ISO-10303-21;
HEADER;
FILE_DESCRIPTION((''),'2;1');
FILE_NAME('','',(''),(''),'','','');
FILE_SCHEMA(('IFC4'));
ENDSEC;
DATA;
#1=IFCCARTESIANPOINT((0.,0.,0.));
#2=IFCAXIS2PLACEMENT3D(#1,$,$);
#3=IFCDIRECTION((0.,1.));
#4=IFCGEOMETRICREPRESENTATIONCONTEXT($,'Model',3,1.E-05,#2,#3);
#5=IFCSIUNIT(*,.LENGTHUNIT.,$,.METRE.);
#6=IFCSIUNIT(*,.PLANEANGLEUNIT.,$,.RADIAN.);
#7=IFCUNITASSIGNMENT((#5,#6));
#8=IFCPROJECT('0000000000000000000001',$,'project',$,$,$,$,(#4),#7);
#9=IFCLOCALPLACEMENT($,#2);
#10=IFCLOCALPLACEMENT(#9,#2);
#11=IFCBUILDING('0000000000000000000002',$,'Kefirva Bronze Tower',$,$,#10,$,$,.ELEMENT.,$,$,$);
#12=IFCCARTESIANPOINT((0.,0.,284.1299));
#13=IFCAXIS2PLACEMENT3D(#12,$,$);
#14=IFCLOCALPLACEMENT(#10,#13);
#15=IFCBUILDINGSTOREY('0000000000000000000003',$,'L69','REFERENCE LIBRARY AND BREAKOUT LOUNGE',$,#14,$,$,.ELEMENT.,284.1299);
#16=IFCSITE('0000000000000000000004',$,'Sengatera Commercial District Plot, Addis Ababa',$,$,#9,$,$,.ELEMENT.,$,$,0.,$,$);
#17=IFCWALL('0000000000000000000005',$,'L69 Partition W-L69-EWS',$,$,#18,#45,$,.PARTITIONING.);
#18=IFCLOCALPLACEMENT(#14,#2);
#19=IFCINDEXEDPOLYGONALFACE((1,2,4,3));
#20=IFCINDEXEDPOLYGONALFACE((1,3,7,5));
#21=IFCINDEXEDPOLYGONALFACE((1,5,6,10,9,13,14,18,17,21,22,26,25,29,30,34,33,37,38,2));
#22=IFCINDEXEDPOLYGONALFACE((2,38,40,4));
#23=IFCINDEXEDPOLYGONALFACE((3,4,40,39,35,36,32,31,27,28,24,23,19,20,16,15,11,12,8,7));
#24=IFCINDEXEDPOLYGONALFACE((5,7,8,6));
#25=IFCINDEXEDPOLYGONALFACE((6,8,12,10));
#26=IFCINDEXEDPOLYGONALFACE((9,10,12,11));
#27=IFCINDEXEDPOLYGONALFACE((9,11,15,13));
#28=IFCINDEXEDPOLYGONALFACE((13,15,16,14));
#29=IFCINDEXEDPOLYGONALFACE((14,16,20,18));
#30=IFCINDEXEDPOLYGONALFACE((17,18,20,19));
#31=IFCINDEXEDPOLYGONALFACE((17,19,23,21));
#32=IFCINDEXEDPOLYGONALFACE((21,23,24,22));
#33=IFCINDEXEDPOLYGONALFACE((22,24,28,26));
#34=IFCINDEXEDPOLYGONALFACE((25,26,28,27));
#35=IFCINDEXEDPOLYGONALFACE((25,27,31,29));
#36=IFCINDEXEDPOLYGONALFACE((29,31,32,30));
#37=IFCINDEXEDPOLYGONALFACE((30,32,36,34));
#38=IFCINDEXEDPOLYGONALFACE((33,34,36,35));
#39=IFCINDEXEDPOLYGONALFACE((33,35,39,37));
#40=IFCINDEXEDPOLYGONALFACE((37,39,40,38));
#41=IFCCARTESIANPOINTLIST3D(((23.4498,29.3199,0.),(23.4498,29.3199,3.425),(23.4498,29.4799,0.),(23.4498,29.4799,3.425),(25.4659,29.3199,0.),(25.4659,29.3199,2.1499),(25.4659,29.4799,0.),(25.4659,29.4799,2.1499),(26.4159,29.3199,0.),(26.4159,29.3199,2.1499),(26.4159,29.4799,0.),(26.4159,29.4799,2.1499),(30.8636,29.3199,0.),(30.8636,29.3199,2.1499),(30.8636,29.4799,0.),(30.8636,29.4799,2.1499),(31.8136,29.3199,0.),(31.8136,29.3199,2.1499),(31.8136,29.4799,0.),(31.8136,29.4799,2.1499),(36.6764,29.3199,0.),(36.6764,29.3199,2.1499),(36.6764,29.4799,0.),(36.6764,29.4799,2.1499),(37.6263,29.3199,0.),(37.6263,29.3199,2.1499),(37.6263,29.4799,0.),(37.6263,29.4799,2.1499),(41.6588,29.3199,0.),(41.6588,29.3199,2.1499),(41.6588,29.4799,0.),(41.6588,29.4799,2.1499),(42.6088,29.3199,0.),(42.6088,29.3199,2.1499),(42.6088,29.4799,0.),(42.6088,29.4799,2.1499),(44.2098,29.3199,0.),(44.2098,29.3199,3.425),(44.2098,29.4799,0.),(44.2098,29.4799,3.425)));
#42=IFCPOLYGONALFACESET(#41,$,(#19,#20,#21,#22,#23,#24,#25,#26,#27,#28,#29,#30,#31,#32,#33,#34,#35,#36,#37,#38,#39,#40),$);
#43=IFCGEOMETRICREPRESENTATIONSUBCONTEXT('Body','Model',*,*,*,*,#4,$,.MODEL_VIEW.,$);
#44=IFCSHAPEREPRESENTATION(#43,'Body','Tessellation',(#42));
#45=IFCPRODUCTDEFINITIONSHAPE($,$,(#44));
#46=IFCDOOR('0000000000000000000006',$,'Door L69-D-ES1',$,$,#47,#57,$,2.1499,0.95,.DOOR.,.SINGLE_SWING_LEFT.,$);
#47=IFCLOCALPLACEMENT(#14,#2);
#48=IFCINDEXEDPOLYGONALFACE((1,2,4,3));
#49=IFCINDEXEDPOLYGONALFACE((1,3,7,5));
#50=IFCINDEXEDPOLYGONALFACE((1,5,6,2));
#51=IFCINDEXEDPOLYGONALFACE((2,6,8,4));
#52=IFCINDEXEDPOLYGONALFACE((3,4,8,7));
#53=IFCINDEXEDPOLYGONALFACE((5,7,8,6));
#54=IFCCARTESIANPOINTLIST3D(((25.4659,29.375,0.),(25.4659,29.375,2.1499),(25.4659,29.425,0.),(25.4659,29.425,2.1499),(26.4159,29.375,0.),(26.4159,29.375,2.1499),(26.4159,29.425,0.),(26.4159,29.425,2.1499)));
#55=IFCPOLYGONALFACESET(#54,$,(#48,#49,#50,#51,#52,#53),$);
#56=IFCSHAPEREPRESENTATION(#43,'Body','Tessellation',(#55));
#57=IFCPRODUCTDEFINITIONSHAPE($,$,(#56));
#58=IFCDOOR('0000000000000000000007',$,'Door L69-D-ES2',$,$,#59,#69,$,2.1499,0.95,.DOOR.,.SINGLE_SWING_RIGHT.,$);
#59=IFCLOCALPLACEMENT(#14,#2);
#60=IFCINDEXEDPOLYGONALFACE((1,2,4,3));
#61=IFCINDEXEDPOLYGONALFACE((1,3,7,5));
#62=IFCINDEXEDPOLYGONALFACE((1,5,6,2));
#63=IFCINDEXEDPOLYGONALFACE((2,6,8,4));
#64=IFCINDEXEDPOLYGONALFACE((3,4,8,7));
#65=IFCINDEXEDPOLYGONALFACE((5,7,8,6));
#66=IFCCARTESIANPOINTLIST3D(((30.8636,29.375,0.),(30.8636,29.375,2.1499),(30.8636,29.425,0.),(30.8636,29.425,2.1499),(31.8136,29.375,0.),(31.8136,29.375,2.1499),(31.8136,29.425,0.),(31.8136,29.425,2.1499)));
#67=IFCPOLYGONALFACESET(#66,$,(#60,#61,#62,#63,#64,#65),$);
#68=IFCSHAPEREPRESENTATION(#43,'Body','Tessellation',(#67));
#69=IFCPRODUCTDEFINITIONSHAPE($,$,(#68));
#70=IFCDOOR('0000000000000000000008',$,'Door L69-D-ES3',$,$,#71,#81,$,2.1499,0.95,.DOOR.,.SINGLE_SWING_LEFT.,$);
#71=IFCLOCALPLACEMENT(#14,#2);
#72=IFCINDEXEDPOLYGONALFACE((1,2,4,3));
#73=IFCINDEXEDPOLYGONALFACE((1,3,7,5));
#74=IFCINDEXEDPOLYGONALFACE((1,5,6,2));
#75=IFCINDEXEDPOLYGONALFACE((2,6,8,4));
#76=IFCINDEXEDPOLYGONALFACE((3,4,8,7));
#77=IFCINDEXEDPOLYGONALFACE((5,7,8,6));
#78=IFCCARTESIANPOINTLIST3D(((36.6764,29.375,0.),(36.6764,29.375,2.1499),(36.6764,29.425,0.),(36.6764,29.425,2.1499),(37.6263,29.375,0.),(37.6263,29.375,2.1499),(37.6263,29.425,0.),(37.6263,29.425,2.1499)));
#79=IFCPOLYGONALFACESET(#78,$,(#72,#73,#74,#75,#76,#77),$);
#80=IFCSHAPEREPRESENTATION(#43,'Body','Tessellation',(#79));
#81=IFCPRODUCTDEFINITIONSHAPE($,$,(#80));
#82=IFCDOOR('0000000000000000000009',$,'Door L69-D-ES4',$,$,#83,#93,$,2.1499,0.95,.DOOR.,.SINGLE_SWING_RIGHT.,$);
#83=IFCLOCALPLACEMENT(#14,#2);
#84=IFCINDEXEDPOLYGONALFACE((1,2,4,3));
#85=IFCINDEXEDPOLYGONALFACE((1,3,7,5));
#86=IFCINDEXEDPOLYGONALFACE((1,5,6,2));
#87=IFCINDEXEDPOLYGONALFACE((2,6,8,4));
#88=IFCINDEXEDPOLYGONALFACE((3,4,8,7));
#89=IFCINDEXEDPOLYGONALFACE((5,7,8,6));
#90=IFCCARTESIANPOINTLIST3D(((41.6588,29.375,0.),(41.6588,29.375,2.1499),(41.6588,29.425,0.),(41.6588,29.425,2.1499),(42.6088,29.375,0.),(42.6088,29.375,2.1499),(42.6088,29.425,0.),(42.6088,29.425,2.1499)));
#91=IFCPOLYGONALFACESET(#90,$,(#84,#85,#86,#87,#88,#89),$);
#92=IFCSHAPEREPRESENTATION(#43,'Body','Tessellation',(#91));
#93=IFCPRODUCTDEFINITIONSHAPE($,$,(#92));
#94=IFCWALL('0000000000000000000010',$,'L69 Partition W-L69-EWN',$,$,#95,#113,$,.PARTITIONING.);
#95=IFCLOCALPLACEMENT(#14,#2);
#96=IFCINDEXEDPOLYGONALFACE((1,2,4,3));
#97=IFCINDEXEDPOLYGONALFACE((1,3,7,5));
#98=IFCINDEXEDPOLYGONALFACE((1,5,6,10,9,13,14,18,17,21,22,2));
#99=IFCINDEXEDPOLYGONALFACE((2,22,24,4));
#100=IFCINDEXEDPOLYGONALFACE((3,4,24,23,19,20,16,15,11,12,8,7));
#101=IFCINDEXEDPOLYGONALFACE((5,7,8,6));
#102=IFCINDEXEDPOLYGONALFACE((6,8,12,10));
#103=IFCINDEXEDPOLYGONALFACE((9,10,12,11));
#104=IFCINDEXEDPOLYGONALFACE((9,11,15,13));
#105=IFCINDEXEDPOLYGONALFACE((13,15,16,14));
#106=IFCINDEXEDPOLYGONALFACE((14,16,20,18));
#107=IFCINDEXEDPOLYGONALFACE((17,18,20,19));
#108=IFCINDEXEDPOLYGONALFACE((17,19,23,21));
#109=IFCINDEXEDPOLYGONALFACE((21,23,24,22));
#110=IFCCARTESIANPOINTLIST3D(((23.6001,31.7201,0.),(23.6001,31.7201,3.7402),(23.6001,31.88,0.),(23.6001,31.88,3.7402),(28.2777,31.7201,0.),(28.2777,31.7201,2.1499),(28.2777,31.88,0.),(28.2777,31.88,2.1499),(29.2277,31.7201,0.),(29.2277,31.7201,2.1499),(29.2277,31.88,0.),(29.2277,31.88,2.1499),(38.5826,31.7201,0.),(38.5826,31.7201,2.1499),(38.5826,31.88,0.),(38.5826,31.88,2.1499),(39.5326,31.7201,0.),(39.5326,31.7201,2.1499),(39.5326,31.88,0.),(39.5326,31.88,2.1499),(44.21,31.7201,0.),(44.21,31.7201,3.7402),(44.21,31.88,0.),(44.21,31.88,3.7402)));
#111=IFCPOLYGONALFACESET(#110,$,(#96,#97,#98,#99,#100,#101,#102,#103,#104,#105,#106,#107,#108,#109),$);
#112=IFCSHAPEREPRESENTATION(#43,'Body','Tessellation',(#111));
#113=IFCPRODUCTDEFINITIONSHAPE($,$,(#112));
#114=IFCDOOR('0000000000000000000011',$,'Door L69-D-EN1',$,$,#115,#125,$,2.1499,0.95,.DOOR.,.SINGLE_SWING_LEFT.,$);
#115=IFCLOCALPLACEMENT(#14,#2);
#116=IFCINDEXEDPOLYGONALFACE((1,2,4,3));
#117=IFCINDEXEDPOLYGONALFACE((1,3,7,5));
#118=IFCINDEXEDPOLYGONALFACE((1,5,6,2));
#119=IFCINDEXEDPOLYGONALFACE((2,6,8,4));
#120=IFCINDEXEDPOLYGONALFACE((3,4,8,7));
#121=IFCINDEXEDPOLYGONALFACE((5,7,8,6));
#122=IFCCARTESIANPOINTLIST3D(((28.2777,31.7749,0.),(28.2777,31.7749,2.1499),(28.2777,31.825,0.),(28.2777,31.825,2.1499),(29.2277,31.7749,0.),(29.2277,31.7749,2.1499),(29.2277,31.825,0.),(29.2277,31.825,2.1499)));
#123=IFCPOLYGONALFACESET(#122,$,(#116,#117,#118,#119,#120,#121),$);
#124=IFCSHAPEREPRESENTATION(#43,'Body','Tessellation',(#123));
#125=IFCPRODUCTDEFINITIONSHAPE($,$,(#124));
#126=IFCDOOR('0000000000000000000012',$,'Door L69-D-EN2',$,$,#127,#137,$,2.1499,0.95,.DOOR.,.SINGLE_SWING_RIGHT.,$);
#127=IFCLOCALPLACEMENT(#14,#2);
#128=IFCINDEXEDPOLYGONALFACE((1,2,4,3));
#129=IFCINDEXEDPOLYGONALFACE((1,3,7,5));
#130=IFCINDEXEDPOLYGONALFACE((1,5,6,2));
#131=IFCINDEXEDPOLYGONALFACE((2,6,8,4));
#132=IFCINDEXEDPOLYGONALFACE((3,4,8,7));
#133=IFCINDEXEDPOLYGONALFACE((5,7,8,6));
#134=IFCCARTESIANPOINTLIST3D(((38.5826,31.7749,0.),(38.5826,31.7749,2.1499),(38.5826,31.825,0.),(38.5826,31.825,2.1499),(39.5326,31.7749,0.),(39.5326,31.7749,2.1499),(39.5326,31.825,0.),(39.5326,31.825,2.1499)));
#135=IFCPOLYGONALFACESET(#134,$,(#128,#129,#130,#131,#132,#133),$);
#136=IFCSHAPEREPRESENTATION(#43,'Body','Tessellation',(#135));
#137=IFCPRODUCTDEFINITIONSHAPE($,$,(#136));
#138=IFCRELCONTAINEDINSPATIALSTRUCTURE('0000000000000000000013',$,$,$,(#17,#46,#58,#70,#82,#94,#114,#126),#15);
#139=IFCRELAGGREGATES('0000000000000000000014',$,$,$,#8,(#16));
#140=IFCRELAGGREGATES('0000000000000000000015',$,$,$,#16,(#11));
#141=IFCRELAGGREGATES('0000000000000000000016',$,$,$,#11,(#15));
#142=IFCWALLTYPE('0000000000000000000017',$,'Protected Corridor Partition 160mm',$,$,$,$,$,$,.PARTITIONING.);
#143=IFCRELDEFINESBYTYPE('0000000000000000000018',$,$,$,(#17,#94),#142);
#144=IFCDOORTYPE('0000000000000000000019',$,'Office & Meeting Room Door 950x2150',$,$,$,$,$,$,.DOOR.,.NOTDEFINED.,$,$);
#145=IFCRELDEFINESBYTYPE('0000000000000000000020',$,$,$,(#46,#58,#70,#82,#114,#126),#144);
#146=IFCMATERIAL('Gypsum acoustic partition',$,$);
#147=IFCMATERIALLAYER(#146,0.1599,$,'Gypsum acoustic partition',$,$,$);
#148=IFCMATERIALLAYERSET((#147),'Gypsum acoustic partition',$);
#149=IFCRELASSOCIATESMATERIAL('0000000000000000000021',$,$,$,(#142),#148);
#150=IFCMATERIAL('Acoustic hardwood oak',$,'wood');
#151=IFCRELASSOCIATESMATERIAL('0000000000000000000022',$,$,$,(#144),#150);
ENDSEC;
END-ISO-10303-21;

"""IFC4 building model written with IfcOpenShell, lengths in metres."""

from ifc_helpers import new_model, si_unit, direction, frame, frame_2d, origin, place, context, subcontext, project, spatial, rectangle, extrude, material, layer, layer_set, type_object, element, fill, save


model = new_model("IFC4")

# Units and contexts
model_context = context("Model", 3, precision=1e-05, world=origin(), true_north=direction((0.0, 1.0)))
body_context = subcontext(model_context, "Body", "Model", "MODEL_VIEW")
ifc_project = project(units=[si_unit("LENGTHUNIT", "METRE"), si_unit("PLANEANGLEUNIT", "RADIAN")], contexts=[model_context])

# Site, building, storey
site_placement = place(None, origin())
site = spatial("IfcSite", under=ifc_project, at=site_placement, Name="Sengatera Commercial District Plot, Addis Ababa", CompositionType="ELEMENT", RefElevation=0.0)
building_placement = place(site_placement, origin())
building = spatial("IfcBuilding", under=site, at=building_placement, Name="Kefirva Bronze Tower", CompositionType="ELEMENT")
storey_placement = place(building_placement, frame((0.0, 0.0, 284.1299)))
storey = spatial("IfcBuildingStorey", under=building, at=storey_placement, Name="L69", Description="REFERENCE LIBRARY AND BREAKOUT LOUNGE", CompositionType="ELEMENT", Elevation=284.1299)

# Shared definitions
ifc_material_1 = material(Name="Gypsum acoustic partition")

# Walls, openings, doors
ifc_layer_1 = layer(ifc_material_1, 0.1599, Name="Gypsum acoustic partition")
ifc_layer_set_1 = layer_set([ifc_layer_1], Name="Gypsum acoustic partition")
wall_type_1 = type_object("IfcWallType", Name="Protected Corridor Partition 160mm", PredefinedType="PARTITIONING", material=ifc_layer_set_1)
wall_1_placement = place(storey_placement, frame((23.45, 29.3999, 0.0), z_axis=(0.0, 0.0, 1.0), x_axis=(1.0, 0.0, 0.0)))
wall_1 = element("IfcWall", 1, at=wall_1_placement, inside=storey, type_object=wall_type_1, Name="L69 Partition W-L69-EWS", PredefinedType="PARTITIONING", context=body_context, shape_type="SweptSolid", body=[
    extrude(rectangle(XDim=20.76, YDim=0.1599, at=frame_2d((10.3799, 0.0))), origin(), (0.0, 0.0, 1.0), 3.425),
])
opening_1_placement = place(wall_1_placement, frame((2.9661, 0.0, 0.0), z_axis=(0.0, 0.0, 1.0), x_axis=(-1.0, 0.0, 0.0)))
opening_1 = element("IfcOpeningElement", 2, at=opening_1_placement, cuts=wall_1, PredefinedType="OPENING", context=body_context, shape_type="SweptSolid", body=[
    extrude(rectangle(XDim=0.95, YDim=2.1499, at=frame_2d((0.4751, 1.075))), frame((0.0, 0.0898, 0.0), z_axis=(0.0, -1.0, 0.0), x_axis=(1.0, 0.0, 0.0)), (0.0, 0.0, 1.0), 0.1799),
])
opening_2_placement = place(wall_1_placement, frame((8.3638, 0.0, 0.0), z_axis=(0.0, 0.0, 1.0), x_axis=(-1.0, 0.0, 0.0)))
opening_2 = element("IfcOpeningElement", 3, at=opening_2_placement, cuts=wall_1, PredefinedType="OPENING", context=body_context, shape_type="SweptSolid", body=[
    extrude(rectangle(XDim=0.95, YDim=2.1499, at=frame_2d((0.4751, 1.075))), frame((0.0, 0.0898, 0.0), z_axis=(0.0, -1.0, 0.0), x_axis=(1.0, 0.0, 0.0)), (0.0, 0.0, 1.0), 0.1799),
])
opening_3_placement = place(wall_1_placement, frame((14.1765, 0.0, 0.0), z_axis=(0.0, 0.0, 1.0), x_axis=(-1.0, 0.0, 0.0)))
opening_3 = element("IfcOpeningElement", 4, at=opening_3_placement, cuts=wall_1, PredefinedType="OPENING", context=body_context, shape_type="SweptSolid", body=[
    extrude(rectangle(XDim=0.95, YDim=2.1499, at=frame_2d((0.4751, 1.075))), frame((0.0, 0.0898, 0.0), z_axis=(0.0, -1.0, 0.0), x_axis=(1.0, 0.0, 0.0)), (0.0, 0.0, 1.0), 0.1799),
])
opening_4_placement = place(wall_1_placement, frame((19.1589, 0.0, 0.0), z_axis=(0.0, 0.0, 1.0), x_axis=(-1.0, 0.0, 0.0)))
opening_4 = element("IfcOpeningElement", 5, at=opening_4_placement, cuts=wall_1, PredefinedType="OPENING", context=body_context, shape_type="SweptSolid", body=[
    extrude(rectangle(XDim=0.95, YDim=2.1499, at=frame_2d((0.4751, 1.075))), frame((0.0, 0.0898, 0.0), z_axis=(0.0, -1.0, 0.0), x_axis=(1.0, 0.0, 0.0)), (0.0, 0.0, 1.0), 0.1799),
])
ifc_material_2 = material(Name="Acoustic hardwood oak", Category="wood")
door_type = type_object("IfcDoorType", Name="Office & Meeting Room Door 950x2150", OperationType="NOTDEFINED", PredefinedType="DOOR", material=ifc_material_2)
door_1_placement = place(opening_1_placement, origin())
door_1 = element("IfcDoor", 6, at=door_1_placement, inside=storey, type_object=door_type, Name="Door L69-D-ES1", OperationType="SINGLE_SWING_LEFT", OverallHeight=2.1499, OverallWidth=0.95, PredefinedType="DOOR", context=body_context, shape_type="SweptSolid", body=[
    extrude(rectangle(XDim=0.95, YDim=2.1499, at=frame_2d((0.4751, 1.075))), frame((0.0, 0.0249, 0.0), z_axis=(0.0, -1.0, 0.0), x_axis=(1.0, 0.0, 0.0)), (0.0, 0.0, 1.0), 0.05),
])
fill(opening_1, door_1)
door_2_placement = place(opening_2_placement, origin())
door_2 = element("IfcDoor", 7, at=door_2_placement, inside=storey, type_object=door_type, Name="Door L69-D-ES2", OperationType="SINGLE_SWING_RIGHT", OverallHeight=2.1499, OverallWidth=0.95, PredefinedType="DOOR", context=body_context, shape_type="SweptSolid", body=[
    extrude(rectangle(XDim=0.95, YDim=2.1499, at=frame_2d((0.4751, 1.075))), frame((0.0, 0.0249, 0.0), z_axis=(0.0, -1.0, 0.0), x_axis=(1.0, 0.0, 0.0)), (0.0, 0.0, 1.0), 0.05),
])
fill(opening_2, door_2)
door_3_placement = place(opening_3_placement, origin())
door_3 = element("IfcDoor", 8, at=door_3_placement, inside=storey, type_object=door_type, Name="Door L69-D-ES3", OperationType="SINGLE_SWING_LEFT", OverallHeight=2.1499, OverallWidth=0.95, PredefinedType="DOOR", context=body_context, shape_type="SweptSolid", body=[
    extrude(rectangle(XDim=0.95, YDim=2.1499, at=frame_2d((0.4751, 1.075))), frame((0.0, 0.0249, 0.0), z_axis=(0.0, -1.0, 0.0), x_axis=(1.0, 0.0, 0.0)), (0.0, 0.0, 1.0), 0.05),
])
fill(opening_3, door_3)
door_4_placement = place(opening_4_placement, origin())
door_4 = element("IfcDoor", 9, at=door_4_placement, inside=storey, type_object=door_type, Name="Door L69-D-ES4", OperationType="SINGLE_SWING_RIGHT", OverallHeight=2.1499, OverallWidth=0.95, PredefinedType="DOOR", context=body_context, shape_type="SweptSolid", body=[
    extrude(rectangle(XDim=0.95, YDim=2.1499, at=frame_2d((0.4751, 1.075))), frame((0.0, 0.0249, 0.0), z_axis=(0.0, -1.0, 0.0), x_axis=(1.0, 0.0, 0.0)), (0.0, 0.0, 1.0), 0.05),
])
fill(opening_4, door_4)
wall_2_placement = place(storey_placement, frame((23.6001, 31.8, 0.0), z_axis=(0.0, 0.0, 1.0), x_axis=(1.0, 0.0, 0.0)))
wall_2 = element("IfcWall", 10, at=wall_2_placement, inside=storey, type_object=wall_type_1, Name="L69 Partition W-L69-EWN", PredefinedType="PARTITIONING", context=body_context, shape_type="SweptSolid", body=[
    extrude(rectangle(XDim=20.6099, YDim=0.1599, at=frame_2d((10.3049, 0.0))), origin(), (0.0, 0.0, 1.0), 3.7402),
])
opening_5_placement = place(wall_2_placement, frame((4.6775, 0.0, 0.0)))
opening_5 = element("IfcOpeningElement", 11, at=opening_5_placement, cuts=wall_2, PredefinedType="OPENING", context=body_context, shape_type="SweptSolid", body=[
    extrude(rectangle(XDim=0.95, YDim=2.1499, at=frame_2d((0.4751, 1.075))), frame((0.0, 0.0898, 0.0), z_axis=(0.0, -1.0, 0.0), x_axis=(1.0, 0.0, 0.0)), (0.0, 0.0, 1.0), 0.1799),
])
opening_6_placement = place(wall_2_placement, frame((14.9824, 0.0, 0.0)))
opening_6 = element("IfcOpeningElement", 12, at=opening_6_placement, cuts=wall_2, PredefinedType="OPENING", context=body_context, shape_type="SweptSolid", body=[
    extrude(rectangle(XDim=0.95, YDim=2.1499, at=frame_2d((0.4751, 1.075))), frame((0.0, 0.0898, 0.0), z_axis=(0.0, -1.0, 0.0), x_axis=(1.0, 0.0, 0.0)), (0.0, 0.0, 1.0), 0.1799),
])
door_5_placement = place(opening_5_placement, origin())
door_5 = element("IfcDoor", 13, at=door_5_placement, inside=storey, type_object=door_type, Name="Door L69-D-EN1", OperationType="SINGLE_SWING_LEFT", OverallHeight=2.1499, OverallWidth=0.95, PredefinedType="DOOR", context=body_context, shape_type="SweptSolid", body=[
    extrude(rectangle(XDim=0.95, YDim=2.1499, at=frame_2d((0.4751, 1.075))), frame((0.0, 0.0249, 0.0), z_axis=(0.0, -1.0, 0.0), x_axis=(1.0, 0.0, 0.0)), (0.0, 0.0, 1.0), 0.05),
])
fill(opening_5, door_5)
door_6_placement = place(opening_6_placement, origin())
door_6 = element("IfcDoor", 14, at=door_6_placement, inside=storey, type_object=door_type, Name="Door L69-D-EN2", OperationType="SINGLE_SWING_RIGHT", OverallHeight=2.1499, OverallWidth=0.95, PredefinedType="DOOR", context=body_context, shape_type="SweptSolid", body=[
    extrude(rectangle(XDim=0.95, YDim=2.1499, at=frame_2d((0.4751, 1.075))), frame((0.0, 0.0249, 0.0), z_axis=(0.0, -1.0, 0.0), x_axis=(1.0, 0.0, 0.0)), (0.0, 0.0, 1.0), 0.05),
])
fill(opening_6, door_6)

save(model, "model.ifc")
